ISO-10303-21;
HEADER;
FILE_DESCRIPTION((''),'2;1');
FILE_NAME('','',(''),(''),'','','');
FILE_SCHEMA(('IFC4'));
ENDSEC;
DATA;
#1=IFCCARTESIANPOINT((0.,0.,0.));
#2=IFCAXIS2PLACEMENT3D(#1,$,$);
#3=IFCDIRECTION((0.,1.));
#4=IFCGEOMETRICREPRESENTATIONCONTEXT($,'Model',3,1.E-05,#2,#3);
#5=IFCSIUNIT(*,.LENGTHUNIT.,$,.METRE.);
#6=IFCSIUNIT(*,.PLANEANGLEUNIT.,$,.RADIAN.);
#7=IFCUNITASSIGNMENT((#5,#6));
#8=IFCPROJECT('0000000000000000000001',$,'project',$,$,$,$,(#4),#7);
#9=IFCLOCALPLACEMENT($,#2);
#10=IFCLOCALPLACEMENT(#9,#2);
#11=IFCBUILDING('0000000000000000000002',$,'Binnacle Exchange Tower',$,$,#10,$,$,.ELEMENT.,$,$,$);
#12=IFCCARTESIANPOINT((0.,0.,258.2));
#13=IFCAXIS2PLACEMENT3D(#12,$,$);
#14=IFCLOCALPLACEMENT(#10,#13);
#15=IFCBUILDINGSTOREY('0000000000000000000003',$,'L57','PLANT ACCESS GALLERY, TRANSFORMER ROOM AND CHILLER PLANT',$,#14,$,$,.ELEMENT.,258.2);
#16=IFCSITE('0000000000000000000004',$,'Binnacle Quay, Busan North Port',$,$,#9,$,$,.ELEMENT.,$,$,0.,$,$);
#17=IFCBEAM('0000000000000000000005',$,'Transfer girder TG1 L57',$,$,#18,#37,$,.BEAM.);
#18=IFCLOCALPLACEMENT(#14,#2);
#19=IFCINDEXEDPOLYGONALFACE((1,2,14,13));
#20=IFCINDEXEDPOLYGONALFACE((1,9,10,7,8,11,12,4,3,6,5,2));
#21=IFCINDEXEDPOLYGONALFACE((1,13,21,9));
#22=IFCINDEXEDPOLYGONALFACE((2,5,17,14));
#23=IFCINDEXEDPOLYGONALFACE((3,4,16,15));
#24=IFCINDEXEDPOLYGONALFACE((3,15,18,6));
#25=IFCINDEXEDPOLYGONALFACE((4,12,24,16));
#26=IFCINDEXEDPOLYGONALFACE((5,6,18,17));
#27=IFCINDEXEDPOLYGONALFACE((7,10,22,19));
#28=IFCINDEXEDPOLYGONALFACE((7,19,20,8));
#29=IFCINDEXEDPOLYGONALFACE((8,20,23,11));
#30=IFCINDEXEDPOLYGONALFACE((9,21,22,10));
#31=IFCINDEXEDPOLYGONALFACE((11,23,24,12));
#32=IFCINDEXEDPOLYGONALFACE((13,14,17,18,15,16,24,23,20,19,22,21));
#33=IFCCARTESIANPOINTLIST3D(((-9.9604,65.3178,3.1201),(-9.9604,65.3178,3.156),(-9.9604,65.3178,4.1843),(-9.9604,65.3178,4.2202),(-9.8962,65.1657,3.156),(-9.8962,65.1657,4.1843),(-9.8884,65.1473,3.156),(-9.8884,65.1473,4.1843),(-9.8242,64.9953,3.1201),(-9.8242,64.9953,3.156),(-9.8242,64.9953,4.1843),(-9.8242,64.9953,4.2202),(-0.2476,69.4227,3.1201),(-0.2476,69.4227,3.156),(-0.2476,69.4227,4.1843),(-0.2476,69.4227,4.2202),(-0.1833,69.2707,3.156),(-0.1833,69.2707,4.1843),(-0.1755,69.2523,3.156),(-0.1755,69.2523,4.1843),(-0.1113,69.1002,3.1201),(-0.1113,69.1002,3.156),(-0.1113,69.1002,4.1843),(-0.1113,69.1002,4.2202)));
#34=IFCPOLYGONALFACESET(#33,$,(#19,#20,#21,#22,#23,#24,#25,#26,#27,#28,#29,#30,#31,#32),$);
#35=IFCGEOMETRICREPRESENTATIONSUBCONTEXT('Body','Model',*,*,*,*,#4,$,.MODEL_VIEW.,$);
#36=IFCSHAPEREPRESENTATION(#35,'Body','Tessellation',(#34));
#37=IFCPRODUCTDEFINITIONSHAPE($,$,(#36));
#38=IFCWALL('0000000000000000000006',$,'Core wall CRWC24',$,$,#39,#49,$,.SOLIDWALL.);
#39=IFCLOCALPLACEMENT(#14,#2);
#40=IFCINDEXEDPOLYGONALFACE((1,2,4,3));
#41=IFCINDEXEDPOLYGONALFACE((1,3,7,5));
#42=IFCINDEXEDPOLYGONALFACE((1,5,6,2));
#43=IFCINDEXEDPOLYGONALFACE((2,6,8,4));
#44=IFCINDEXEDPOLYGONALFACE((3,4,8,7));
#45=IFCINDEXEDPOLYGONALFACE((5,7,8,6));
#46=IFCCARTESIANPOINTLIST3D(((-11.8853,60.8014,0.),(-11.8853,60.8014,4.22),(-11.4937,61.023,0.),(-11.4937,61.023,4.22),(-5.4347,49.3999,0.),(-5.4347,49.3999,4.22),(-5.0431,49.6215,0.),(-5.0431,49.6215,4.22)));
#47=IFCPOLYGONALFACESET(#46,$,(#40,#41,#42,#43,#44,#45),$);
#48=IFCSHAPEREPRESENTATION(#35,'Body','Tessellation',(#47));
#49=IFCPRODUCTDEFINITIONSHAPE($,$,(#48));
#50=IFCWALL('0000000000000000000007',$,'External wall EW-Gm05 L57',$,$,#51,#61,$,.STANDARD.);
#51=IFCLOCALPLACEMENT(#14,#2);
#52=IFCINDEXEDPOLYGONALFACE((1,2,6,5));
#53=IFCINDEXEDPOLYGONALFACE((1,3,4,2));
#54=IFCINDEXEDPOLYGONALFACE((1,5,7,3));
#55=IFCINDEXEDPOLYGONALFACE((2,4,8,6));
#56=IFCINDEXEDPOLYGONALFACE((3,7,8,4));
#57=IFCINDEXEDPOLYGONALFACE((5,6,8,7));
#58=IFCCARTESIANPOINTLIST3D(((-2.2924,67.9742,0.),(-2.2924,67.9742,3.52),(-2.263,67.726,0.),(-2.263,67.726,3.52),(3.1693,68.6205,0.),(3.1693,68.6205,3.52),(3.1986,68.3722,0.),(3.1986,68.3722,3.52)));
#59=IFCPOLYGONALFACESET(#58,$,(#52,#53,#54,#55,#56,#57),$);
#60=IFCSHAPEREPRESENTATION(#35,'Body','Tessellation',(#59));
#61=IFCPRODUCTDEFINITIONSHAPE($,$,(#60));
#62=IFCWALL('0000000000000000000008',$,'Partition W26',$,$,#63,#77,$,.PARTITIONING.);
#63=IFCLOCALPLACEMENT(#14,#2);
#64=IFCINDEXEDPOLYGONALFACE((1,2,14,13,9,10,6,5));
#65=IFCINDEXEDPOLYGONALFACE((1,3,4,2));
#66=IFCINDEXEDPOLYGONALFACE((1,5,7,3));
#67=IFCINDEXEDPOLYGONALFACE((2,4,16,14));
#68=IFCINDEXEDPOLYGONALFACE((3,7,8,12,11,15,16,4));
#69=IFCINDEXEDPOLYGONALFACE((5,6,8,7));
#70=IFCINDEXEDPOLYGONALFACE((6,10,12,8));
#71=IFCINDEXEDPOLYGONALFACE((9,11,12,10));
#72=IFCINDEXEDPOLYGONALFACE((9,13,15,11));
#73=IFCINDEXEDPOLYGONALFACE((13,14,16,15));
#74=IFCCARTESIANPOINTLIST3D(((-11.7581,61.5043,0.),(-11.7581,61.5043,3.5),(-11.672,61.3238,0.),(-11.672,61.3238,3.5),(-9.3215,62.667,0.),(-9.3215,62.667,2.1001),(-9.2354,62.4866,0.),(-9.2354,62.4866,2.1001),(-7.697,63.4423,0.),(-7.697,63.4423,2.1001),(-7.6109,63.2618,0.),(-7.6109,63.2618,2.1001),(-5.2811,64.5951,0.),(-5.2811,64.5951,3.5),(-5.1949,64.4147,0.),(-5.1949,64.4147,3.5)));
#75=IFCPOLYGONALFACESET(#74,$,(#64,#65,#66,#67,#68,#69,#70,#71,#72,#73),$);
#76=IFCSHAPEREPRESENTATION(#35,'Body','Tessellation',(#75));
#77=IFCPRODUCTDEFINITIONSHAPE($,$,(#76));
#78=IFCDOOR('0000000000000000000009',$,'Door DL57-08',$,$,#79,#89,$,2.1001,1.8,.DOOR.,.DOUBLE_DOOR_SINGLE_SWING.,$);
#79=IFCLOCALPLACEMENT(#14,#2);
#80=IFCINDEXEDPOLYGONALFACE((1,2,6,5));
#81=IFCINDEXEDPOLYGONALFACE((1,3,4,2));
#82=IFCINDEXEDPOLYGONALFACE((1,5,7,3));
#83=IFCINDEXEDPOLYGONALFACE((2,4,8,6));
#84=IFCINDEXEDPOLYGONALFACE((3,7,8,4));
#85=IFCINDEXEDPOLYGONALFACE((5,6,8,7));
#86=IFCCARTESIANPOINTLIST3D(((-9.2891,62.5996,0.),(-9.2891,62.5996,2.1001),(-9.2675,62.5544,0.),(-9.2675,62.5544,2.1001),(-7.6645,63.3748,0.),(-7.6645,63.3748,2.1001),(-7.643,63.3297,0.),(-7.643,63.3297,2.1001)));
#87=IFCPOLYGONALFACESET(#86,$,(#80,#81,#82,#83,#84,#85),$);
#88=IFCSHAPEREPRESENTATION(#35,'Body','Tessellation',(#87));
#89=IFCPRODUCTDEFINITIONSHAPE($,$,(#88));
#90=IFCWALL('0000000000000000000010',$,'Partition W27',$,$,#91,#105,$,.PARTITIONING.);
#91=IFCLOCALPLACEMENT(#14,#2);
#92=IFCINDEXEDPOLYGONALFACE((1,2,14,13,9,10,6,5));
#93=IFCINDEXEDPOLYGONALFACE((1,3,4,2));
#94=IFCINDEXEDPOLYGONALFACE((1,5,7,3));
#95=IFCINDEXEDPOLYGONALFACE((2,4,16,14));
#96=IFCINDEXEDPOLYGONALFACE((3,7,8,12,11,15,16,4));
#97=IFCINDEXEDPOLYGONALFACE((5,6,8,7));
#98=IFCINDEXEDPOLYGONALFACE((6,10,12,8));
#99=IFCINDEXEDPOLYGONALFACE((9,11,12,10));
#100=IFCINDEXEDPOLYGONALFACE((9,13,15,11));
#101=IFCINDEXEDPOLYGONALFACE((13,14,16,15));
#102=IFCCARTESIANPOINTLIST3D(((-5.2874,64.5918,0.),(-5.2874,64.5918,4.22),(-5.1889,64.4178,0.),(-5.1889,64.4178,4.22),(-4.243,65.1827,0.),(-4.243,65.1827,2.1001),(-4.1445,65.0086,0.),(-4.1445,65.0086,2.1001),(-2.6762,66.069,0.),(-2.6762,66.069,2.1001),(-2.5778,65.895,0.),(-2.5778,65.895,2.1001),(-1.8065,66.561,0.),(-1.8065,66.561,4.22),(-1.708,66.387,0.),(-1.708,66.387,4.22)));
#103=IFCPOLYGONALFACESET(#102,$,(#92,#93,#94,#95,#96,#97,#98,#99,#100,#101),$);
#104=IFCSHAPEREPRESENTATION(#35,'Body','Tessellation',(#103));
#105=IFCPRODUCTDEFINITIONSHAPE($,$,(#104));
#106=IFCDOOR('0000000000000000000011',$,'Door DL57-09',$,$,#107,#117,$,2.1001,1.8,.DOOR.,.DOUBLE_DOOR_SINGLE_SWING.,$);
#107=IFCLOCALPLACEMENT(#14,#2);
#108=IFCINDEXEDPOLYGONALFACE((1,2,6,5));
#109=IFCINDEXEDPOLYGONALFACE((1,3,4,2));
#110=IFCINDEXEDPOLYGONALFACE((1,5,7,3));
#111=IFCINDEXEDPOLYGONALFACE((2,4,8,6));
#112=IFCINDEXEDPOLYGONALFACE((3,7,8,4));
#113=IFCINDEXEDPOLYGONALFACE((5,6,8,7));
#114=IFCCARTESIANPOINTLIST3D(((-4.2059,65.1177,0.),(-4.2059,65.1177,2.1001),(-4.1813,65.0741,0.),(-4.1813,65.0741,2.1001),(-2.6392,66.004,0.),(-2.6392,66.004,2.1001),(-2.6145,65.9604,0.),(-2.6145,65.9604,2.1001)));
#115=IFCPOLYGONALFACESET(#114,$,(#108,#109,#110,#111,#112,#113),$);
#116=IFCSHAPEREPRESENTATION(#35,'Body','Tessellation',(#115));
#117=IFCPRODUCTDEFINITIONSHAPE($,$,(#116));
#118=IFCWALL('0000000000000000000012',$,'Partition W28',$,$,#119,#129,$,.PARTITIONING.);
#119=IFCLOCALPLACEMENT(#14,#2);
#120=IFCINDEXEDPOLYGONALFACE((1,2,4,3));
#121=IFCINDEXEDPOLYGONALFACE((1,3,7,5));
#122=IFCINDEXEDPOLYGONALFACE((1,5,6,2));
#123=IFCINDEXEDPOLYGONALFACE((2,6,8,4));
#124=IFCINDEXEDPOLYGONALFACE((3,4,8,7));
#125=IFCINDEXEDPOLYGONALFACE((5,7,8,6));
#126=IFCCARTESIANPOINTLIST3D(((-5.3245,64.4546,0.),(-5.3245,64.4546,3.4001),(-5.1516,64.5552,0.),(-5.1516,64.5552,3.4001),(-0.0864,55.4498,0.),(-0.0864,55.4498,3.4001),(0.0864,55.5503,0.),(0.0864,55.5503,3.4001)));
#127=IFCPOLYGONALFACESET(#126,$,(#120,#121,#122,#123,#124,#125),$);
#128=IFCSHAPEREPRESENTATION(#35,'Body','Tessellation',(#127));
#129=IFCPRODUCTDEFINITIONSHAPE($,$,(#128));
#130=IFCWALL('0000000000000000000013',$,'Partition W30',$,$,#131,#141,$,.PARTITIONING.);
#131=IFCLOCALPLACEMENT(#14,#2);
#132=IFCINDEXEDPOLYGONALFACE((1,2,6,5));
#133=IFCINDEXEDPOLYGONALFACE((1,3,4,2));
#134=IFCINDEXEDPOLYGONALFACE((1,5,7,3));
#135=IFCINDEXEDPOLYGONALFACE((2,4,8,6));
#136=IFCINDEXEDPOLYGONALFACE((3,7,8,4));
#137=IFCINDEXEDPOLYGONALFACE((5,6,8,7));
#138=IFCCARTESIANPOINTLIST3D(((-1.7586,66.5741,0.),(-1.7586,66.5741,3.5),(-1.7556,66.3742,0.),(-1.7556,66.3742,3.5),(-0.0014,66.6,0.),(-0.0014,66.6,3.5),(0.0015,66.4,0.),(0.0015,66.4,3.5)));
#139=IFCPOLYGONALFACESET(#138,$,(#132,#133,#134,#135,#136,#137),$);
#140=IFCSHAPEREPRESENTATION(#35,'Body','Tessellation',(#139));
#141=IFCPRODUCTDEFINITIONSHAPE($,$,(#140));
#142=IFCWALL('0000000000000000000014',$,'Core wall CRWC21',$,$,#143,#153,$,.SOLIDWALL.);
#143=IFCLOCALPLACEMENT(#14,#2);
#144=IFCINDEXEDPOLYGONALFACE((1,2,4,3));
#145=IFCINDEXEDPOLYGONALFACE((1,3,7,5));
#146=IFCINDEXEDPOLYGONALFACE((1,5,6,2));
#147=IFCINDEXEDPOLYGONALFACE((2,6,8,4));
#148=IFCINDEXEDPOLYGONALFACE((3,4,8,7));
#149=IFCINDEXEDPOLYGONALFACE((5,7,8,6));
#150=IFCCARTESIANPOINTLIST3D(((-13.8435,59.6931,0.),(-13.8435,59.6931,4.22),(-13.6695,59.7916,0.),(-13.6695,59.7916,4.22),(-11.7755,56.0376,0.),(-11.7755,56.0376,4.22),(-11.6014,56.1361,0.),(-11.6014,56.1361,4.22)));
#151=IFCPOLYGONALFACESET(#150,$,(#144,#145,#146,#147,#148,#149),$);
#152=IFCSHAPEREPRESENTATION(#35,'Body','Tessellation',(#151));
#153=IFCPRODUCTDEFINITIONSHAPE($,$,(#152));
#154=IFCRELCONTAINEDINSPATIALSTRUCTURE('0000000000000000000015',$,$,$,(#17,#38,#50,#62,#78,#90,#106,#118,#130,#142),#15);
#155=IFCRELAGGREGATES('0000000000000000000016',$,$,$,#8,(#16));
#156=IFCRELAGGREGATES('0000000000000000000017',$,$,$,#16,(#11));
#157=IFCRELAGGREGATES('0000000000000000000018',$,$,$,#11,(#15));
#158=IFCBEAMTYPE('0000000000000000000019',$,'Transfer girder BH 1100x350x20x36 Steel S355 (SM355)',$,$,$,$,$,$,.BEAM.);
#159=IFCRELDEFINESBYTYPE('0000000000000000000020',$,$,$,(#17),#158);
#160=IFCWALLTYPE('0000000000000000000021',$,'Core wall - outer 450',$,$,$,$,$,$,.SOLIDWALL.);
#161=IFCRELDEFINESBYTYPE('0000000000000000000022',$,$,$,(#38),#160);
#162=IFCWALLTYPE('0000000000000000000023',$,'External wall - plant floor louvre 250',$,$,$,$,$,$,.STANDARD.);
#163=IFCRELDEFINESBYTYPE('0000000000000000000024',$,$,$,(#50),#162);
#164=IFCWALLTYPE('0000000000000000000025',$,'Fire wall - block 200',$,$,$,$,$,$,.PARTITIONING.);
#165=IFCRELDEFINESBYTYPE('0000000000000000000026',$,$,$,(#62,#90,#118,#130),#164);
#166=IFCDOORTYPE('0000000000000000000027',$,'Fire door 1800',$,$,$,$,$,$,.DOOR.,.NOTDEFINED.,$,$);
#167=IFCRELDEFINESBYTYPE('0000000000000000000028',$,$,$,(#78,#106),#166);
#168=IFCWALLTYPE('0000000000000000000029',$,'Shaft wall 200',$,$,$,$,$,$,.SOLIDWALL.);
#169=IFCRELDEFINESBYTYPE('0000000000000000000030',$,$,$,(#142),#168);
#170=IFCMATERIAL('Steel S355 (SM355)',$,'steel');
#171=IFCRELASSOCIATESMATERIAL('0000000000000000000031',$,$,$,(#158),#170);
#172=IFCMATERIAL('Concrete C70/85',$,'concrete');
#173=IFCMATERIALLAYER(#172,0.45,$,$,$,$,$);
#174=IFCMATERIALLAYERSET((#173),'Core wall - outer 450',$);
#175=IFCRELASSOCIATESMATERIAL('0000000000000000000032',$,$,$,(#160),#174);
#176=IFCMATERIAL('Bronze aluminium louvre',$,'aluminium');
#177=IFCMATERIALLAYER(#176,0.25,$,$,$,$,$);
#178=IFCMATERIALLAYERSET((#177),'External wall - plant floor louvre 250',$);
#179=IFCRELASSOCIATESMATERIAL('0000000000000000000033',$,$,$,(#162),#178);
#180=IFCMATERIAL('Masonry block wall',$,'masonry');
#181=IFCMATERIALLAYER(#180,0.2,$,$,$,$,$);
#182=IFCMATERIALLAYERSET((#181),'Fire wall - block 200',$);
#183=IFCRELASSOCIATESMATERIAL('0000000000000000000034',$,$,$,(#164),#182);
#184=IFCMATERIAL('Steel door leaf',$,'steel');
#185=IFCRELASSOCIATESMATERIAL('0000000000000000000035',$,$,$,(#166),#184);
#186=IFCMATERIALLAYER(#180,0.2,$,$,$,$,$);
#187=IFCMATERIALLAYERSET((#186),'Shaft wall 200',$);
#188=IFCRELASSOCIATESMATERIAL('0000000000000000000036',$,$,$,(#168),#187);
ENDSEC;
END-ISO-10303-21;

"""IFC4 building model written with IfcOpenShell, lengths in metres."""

from ifc_helpers import new_model, si_unit, direction, frame, frame_2d, origin, origin_2d, place, context, subcontext, project, spatial, rectangle, i_section, extrude, material, layer, layer_set, material_profile, profile_set, type_object, element, fill, save


model = new_model("IFC4")

# Units and contexts
model_context = context("Model", 3, precision=1e-05, world=origin(), true_north=direction((0.0, 1.0)))
body_context = subcontext(model_context, "Body", "Model", "MODEL_VIEW")
ifc_project = project(units=[si_unit("LENGTHUNIT", "METRE"), si_unit("PLANEANGLEUNIT", "RADIAN")], contexts=[model_context])

# Site, building, storey
site_placement = place(None, origin())
site = spatial("IfcSite", under=ifc_project, at=site_placement, Name="Binnacle Quay, Busan North Port", CompositionType="ELEMENT", RefElevation=0.0)
building_placement = place(site_placement, origin())
building = spatial("IfcBuilding", under=site, at=building_placement, Name="Binnacle Exchange Tower", CompositionType="ELEMENT")
storey_placement = place(building_placement, frame((0.0, 0.0, 258.2)))
storey = spatial("IfcBuildingStorey", under=building, at=storey_placement, Name="L57", Description="PLANT ACCESS GALLERY, TRANSFORMER ROOM AND CHILLER PLANT", CompositionType="ELEMENT", Elevation=258.2)

# Beam
ifc_material_1 = material(Name="Steel S355 (SM355)", Category="steel")
ifc_material_profile_1 = material_profile(ifc_material_1, i_section(OverallWidth=0.3501, OverallDepth=1.1001, WebThickness=0.02, FlangeThickness=0.0359, at=origin_2d()), Name="BH 1100x350x20x36")
ifc_profile_set_1 = profile_set([ifc_material_profile_1], Name="Steel S355 (SM355)")
beam_type_1 = type_object("IfcBeamType", Name="Transfer girder BH 1100x350x20x36 Steel S355 (SM355)", PredefinedType="BEAM", material=ifc_profile_set_1)
beam_1_placement = place(storey_placement, frame((-0.1794, 69.2615, 3.6702), z_axis=(-0.921114, -0.389293, 0.0), x_axis=(0.389293, -0.921114, 0.0)))
element("IfcBeam", 1, at=beam_1_placement, inside=storey, type_object=beam_type_1, Name="Transfer girder TG1 L57", PredefinedType="BEAM", context=body_context, shape_type="SweptSolid", body=[
    extrude(i_section(OverallWidth=0.3501, OverallDepth=1.1001, WebThickness=0.02, FlangeThickness=0.0359, at=origin_2d()), origin(), (0.0, 0.0, 1.0), 10.5447),
])

# Walls
ifc_material_2 = material(Name="Concrete C70/85", Category="concrete")
ifc_layer_1 = layer(ifc_material_2, 0.45)
ifc_layer_set_1 = layer_set([ifc_layer_1], Name="Core wall - outer 450")
wall_type_1 = type_object("IfcWallType", Name="Core wall - outer 450", PredefinedType="SOLIDWALL", material=ifc_layer_set_1)
wall_1_placement = place(storey_placement, frame((-11.6895, 60.9121, 0.0), z_axis=(0.0, 0.0, 1.0), x_axis=(0.492421, -0.870357, 0.0)))
element("IfcWall", 2, at=wall_1_placement, inside=storey, type_object=wall_type_1, Name="Core wall CRWC24", PredefinedType="SOLIDWALL", context=body_context, shape_type="SweptSolid", body=[
    extrude(rectangle(XDim=13.0999, YDim=0.45, at=frame_2d((6.5498, 0.0))), origin(), (0.0, 0.0, 1.0), 4.22),
])
ifc_material_3 = material(Name="Bronze aluminium louvre", Category="aluminium")
ifc_layer_2 = layer(ifc_material_3, 0.25)
ifc_layer_set_2 = layer_set([ifc_layer_2], Name="External wall - plant floor louvre 250")
wall_type_2 = type_object("IfcWallType", Name="External wall - plant floor louvre 250", PredefinedType="STANDARD", material=ifc_layer_set_2)
wall_2_placement = place(storey_placement, frame((-2.2778, 67.8501, 0.0), z_axis=(0.0, 0.0, 1.0), x_axis=(0.993073, 0.117503, 0.0)))
element("IfcWall", 3, at=wall_2_placement, inside=storey, type_object=wall_type_2, Name="External wall EW-Gm05 L57", PredefinedType="STANDARD", context=body_context, shape_type="SweptSolid", body=[
    extrude(rectangle(XDim=5.4998, YDim=0.25, at=frame_2d((2.75, 0.0))), origin(), (0.0, 0.0, 1.0), 3.52),
])

# Walls, openings, doors
ifc_material_4 = material(Name="Masonry block wall", Category="masonry")
ifc_layer_3 = layer(ifc_material_4, 0.2)
ifc_layer_set_3 = layer_set([ifc_layer_3], Name="Fire wall - block 200")
wall_type_3 = type_object("IfcWallType", Name="Fire wall - block 200", PredefinedType="PARTITIONING", material=ifc_layer_set_3)
wall_3_placement = place(storey_placement, frame((-11.7151, 61.4141, 0.0), z_axis=(0.0, 0.0, 1.0), x_axis=(0.902508, 0.430673, 0.0)))
wall_3 = element("IfcWall", 4, at=wall_3_placement, inside=storey, type_object=wall_type_3, Name="Partition W26", PredefinedType="PARTITIONING", context=body_context, shape_type="SweptSolid", body=[
    extrude(rectangle(XDim=7.1768, YDim=0.2, at=frame_2d((3.5884, 0.0))), origin(), (0.0, 0.0, 1.0), 3.5),
])
opening_1_placement = place(wall_3_placement, frame((2.7, 0.0, 0.0)))
opening_1 = element("IfcOpeningElement", 5, at=opening_1_placement, cuts=wall_3, PredefinedType="OPENING", context=body_context, shape_type="SweptSolid", body=[
    extrude(rectangle(XDim=1.8, YDim=2.1001, at=frame_2d((0.8999, 1.05))), frame((0.0, 0.1099, 0.0), z_axis=(0.0, -1.0, 0.0), x_axis=(1.0, 0.0, 0.0)), (0.0, 0.0, 1.0), 0.22),
])
ifc_material_5 = material(Name="Steel door leaf", Category="steel")
door_type = type_object("IfcDoorType", Name="Fire door 1800", OperationType="NOTDEFINED", PredefinedType="DOOR", material=ifc_material_5)
door_1_placement = place(opening_1_placement, frame((1.8, 0.0, 0.0), z_axis=(0.0, 0.0, 1.0), x_axis=(-1.0, 0.0, 0.0)))
door_1 = element("IfcDoor", 6, at=door_1_placement, inside=storey, type_object=door_type, Name="Door DL57-08", OperationType="DOUBLE_DOOR_SINGLE_SWING", OverallHeight=2.1001, OverallWidth=1.8, PredefinedType="DOOR", context=body_context, shape_type="SweptSolid", body=[
    extrude(rectangle(XDim=1.8, YDim=2.1001, at=frame_2d((0.8999, 1.05))), frame((0.0, 0.0249, 0.0), z_axis=(0.0, -1.0, 0.0), x_axis=(1.0, 0.0, 0.0)), (0.0, 0.0, 1.0), 0.05),
])
fill(opening_1, door_1)
wall_4_placement = place(storey_placement, frame((-5.238, 64.5049, 0.0), z_axis=(0.0, 0.0, 1.0), x_axis=(0.870376, 0.492387, 0.0)))
wall_4 = element("IfcWall", 7, at=wall_4_placement, inside=storey, type_object=wall_type_3, Name="Partition W27", PredefinedType="PARTITIONING", context=body_context, shape_type="SweptSolid", body=[
    extrude(rectangle(XDim=3.9993, YDim=0.2, at=frame_2d((1.9995, 0.0))), origin(), (0.0, 0.0, 1.0), 4.22),
])
opening_2_placement = place(wall_4_placement, frame((1.2, 0.0, 0.0)))
opening_2 = element("IfcOpeningElement", 8, at=opening_2_placement, cuts=wall_4, PredefinedType="OPENING", context=body_context, shape_type="SweptSolid", body=[
    extrude(rectangle(XDim=1.8, YDim=2.1001, at=frame_2d((0.8999, 1.05))), frame((0.0, 0.1099, 0.0), z_axis=(0.0, -1.0, 0.0), x_axis=(1.0, 0.0, 0.0)), (0.0, 0.0, 1.0), 0.22),
])
door_2_placement = place(opening_2_placement, frame((1.8, 0.0, 0.0), z_axis=(0.0, 0.0, 1.0), x_axis=(-1.0, 0.0, 0.0)))
door_2 = element("IfcDoor", 9, at=door_2_placement, inside=storey, type_object=door_type, Name="Door DL57-09", OperationType="DOUBLE_DOOR_SINGLE_SWING", OverallHeight=2.1001, OverallWidth=1.8, PredefinedType="DOOR", context=body_context, shape_type="SweptSolid", body=[
    extrude(rectangle(XDim=1.8, YDim=2.1001, at=frame_2d((0.8999, 1.05))), frame((0.0, 0.0249, 0.0), z_axis=(0.0, -1.0, 0.0), x_axis=(1.0, 0.0, 0.0)), (0.0, 0.0, 1.0), 0.05),
])
fill(opening_2, door_2)

# Walls
wall_5_placement = place(storey_placement, frame((-5.238, 64.5049, 0.0), z_axis=(0.0, 0.0, 1.0), x_axis=(0.50281, -0.864397, 0.0)))
element("IfcWall", 10, at=wall_5_placement, inside=storey, type_object=wall_type_3, Name="Partition W28", PredefinedType="PARTITIONING", context=body_context, shape_type="SweptSolid", body=[
    extrude(rectangle(XDim=10.4175, YDim=0.2, at=frame_2d((5.2087, 0.0))), origin(), (0.0, 0.0, 1.0), 3.4001),
])
wall_6_placement = place(storey_placement, frame((-1.7571, 66.4741, 0.0), z_axis=(0.0, 0.0, 1.0), x_axis=(0.999892, 0.014727, 0.0)))
element("IfcWall", 11, at=wall_6_placement, inside=storey, type_object=wall_type_3, Name="Partition W30", PredefinedType="PARTITIONING", context=body_context, shape_type="SweptSolid", body=[
    extrude(rectangle(XDim=1.7573, YDim=0.2, at=frame_2d((0.8787, 0.0))), origin(), (0.0, 0.0, 1.0), 3.5),
])
ifc_layer_4 = layer(ifc_material_4, 0.2)
ifc_layer_set_4 = layer_set([ifc_layer_4], Name="Shaft wall 200")
wall_type_4 = type_object("IfcWallType", Name="Shaft wall 200", PredefinedType="SOLIDWALL", material=ifc_layer_set_4)
wall_7_placement = place(storey_placement, frame((-13.7566, 59.7424, 0.0), z_axis=(0.0, 0.0, 1.0), x_axis=(0.49241, -0.870364, 0.0)))
element("IfcWall", 12, at=wall_7_placement, inside=storey, type_object=wall_type_4, Name="Core wall CRWC21", PredefinedType="SOLIDWALL", context=body_context, shape_type="SweptSolid", body=[
    extrude(rectangle(XDim=4.2, YDim=0.2, at=frame_2d((2.1001, 0.0))), origin(), (0.0, 0.0, 1.0), 4.22),
])

save(model, "model.ifc")
